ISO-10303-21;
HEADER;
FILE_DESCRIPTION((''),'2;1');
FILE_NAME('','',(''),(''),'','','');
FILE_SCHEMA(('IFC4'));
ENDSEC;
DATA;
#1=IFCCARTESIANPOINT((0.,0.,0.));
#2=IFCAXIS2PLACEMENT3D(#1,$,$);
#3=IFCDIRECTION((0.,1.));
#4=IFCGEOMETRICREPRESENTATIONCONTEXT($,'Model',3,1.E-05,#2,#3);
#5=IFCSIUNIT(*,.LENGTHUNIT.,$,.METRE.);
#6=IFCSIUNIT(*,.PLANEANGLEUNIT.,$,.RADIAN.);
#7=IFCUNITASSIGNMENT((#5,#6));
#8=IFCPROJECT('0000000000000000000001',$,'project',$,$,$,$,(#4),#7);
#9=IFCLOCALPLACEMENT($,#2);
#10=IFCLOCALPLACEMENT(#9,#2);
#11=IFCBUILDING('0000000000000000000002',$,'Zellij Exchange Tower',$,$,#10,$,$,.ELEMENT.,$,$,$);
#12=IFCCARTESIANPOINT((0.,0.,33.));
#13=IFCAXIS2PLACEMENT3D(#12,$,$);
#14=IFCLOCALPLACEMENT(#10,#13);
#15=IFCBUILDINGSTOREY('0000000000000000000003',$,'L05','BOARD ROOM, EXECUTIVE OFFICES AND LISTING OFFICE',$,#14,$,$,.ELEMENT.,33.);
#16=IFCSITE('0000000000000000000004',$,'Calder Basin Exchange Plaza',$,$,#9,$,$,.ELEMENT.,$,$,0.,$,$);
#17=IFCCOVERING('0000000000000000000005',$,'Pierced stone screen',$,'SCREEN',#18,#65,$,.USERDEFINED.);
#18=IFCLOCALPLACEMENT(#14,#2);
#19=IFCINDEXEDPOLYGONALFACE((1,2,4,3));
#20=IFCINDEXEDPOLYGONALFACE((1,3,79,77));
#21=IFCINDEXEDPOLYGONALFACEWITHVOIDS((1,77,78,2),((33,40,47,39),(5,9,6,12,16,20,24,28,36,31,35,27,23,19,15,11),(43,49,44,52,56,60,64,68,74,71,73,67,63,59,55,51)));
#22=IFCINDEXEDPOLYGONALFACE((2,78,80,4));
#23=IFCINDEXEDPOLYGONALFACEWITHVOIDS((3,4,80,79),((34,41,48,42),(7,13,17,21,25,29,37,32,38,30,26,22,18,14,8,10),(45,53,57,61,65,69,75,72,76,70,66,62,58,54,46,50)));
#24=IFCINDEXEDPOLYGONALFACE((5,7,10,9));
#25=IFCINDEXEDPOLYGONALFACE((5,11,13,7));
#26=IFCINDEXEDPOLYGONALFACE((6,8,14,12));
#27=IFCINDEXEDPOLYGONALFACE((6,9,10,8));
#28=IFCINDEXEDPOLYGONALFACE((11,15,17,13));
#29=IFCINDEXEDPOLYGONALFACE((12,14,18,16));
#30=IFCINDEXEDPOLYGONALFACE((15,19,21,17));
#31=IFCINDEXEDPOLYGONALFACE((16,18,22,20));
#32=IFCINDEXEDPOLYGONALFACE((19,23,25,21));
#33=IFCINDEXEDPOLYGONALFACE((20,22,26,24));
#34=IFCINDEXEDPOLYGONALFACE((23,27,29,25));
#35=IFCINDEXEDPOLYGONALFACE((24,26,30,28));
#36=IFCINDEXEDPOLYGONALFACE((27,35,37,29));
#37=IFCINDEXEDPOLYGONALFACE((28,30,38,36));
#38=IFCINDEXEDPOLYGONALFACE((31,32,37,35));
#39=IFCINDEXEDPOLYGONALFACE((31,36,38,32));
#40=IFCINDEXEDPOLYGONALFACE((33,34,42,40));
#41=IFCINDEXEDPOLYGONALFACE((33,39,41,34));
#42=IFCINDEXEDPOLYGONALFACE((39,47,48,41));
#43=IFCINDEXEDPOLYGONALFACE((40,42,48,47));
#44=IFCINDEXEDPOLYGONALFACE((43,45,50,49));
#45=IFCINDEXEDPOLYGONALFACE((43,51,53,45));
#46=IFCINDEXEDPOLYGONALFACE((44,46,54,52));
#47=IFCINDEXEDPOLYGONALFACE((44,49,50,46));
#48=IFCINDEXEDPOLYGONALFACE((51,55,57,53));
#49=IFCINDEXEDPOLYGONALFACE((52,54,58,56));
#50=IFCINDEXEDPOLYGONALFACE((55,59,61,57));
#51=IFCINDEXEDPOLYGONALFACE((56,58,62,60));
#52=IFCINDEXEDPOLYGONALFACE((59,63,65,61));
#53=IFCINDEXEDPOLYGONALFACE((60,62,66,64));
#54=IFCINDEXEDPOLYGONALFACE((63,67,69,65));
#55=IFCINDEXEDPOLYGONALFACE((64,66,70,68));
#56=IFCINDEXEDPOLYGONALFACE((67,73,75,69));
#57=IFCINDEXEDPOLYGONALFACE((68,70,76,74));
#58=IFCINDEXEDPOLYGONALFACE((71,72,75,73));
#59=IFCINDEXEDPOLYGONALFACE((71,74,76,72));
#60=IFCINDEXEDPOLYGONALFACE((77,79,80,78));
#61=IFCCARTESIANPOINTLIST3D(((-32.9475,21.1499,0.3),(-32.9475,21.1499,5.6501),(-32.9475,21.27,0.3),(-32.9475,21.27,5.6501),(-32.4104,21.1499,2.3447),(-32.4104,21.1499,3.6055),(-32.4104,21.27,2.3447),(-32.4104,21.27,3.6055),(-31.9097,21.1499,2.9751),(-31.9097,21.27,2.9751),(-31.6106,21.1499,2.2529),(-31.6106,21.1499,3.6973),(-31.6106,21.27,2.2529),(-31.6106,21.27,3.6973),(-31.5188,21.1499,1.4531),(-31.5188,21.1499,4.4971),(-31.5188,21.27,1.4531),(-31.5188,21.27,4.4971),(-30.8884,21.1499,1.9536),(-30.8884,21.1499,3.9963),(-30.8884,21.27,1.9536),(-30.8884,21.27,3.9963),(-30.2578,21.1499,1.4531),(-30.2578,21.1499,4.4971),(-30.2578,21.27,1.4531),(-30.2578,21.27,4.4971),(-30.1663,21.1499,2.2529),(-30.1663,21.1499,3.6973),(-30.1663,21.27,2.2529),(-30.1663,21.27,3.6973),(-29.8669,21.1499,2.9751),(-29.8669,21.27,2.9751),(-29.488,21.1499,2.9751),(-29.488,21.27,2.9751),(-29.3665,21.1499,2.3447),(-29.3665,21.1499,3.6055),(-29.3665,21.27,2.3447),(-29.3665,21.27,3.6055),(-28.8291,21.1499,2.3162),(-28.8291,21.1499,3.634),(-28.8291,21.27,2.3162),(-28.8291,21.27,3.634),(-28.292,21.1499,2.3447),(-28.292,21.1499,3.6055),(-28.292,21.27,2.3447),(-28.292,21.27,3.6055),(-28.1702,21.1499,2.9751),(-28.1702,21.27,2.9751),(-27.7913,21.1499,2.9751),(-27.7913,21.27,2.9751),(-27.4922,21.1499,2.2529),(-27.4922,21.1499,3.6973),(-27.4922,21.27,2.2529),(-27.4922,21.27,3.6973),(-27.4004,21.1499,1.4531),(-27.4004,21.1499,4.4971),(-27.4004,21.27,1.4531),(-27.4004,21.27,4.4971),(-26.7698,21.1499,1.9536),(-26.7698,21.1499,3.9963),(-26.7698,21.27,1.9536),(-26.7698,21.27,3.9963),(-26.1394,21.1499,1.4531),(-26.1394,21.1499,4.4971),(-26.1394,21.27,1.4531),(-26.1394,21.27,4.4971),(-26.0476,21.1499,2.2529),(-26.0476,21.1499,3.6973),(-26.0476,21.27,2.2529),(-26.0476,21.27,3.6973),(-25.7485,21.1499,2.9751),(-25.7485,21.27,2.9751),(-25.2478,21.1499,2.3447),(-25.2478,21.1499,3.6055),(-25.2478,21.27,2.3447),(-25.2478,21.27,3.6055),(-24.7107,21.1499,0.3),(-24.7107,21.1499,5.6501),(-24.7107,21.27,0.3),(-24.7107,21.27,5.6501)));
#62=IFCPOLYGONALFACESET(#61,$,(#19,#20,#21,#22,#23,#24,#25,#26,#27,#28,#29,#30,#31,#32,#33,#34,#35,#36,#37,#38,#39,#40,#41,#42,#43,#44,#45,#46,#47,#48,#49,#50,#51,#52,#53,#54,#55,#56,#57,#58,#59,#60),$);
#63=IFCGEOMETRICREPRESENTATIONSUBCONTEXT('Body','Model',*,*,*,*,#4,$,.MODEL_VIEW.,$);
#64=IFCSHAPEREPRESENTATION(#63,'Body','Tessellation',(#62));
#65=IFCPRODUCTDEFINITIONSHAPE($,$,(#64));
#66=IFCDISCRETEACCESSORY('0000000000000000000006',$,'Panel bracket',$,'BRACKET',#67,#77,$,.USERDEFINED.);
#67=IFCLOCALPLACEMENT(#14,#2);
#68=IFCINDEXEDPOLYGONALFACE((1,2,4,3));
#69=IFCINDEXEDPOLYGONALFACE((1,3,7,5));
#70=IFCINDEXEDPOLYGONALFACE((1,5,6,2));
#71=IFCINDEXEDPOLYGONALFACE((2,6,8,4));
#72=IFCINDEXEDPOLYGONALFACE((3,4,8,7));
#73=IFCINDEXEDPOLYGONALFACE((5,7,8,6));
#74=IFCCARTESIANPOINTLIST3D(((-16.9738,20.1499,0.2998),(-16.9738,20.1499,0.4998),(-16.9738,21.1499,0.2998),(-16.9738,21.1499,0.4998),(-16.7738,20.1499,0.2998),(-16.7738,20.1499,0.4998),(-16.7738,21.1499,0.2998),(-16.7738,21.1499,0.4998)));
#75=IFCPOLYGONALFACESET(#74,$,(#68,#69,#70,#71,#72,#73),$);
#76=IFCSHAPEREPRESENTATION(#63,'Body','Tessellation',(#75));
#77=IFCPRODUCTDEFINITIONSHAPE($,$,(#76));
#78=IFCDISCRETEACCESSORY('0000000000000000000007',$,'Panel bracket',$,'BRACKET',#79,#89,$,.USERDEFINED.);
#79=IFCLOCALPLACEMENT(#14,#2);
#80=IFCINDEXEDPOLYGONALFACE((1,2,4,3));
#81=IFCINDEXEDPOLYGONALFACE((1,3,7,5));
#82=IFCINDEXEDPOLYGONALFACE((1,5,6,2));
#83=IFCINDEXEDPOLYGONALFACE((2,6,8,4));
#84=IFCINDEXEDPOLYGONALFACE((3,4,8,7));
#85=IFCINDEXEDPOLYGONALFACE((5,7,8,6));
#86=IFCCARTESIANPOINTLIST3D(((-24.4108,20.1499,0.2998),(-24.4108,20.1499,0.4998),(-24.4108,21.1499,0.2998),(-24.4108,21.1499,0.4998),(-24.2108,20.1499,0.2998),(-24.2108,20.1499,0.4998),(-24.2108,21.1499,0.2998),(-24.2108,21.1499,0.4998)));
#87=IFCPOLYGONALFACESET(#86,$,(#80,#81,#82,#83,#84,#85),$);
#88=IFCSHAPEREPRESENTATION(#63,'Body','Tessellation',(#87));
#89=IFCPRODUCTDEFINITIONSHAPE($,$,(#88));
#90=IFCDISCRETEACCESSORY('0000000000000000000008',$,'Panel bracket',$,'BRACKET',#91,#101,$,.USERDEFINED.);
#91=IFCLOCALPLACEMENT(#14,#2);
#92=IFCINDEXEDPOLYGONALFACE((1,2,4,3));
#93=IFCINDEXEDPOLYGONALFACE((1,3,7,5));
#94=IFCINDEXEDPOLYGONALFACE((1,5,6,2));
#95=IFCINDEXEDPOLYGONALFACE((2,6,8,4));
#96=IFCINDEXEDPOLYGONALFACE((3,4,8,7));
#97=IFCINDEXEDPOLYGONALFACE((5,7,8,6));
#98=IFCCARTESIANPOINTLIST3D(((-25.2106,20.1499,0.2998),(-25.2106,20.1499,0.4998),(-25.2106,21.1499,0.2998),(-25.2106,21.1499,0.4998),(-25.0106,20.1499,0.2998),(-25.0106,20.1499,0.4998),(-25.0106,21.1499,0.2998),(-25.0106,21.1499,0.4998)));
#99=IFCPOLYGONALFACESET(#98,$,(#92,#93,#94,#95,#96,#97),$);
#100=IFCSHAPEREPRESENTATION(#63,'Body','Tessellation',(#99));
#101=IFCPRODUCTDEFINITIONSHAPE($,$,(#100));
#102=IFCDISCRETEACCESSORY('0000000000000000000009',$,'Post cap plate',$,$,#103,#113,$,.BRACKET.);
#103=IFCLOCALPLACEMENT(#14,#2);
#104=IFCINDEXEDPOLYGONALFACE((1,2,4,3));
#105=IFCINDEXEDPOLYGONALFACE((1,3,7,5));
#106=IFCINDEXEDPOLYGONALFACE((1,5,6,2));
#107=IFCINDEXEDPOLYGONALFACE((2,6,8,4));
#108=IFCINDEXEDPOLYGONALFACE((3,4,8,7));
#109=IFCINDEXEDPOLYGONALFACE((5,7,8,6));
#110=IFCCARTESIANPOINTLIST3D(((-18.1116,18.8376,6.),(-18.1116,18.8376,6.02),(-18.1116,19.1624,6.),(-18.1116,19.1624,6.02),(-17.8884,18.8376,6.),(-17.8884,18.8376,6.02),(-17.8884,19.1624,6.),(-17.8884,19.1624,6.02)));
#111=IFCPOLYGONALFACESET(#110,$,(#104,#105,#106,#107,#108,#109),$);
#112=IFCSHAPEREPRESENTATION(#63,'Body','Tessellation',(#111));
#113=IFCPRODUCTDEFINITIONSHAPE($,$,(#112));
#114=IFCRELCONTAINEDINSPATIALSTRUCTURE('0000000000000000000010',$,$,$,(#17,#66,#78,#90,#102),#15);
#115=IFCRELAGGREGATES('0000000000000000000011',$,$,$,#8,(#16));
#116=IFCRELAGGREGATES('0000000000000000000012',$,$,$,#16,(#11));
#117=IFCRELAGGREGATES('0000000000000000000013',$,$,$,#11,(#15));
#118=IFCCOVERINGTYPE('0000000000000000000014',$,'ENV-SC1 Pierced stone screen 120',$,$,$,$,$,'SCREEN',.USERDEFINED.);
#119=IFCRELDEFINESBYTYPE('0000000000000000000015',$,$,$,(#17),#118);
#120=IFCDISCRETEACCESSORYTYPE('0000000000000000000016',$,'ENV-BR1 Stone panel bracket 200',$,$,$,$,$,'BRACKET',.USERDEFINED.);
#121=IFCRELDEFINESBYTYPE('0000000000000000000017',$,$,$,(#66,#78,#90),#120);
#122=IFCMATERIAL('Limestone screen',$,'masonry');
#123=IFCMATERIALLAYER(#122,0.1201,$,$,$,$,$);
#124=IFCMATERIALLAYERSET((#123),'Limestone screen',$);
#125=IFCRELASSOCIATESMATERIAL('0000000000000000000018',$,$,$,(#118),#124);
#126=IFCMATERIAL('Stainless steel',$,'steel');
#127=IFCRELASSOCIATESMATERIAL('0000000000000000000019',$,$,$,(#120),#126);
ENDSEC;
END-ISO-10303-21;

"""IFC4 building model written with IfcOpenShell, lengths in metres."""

from ifc_helpers import new_model, si_unit, direction, frame, origin, origin_2d, place, context, subcontext, project, spatial, polyline, rectangle, outline, extrude, material, layer, layer_set, type_object, element, save


model = new_model("IFC4")

# Units and contexts
model_context = context("Model", 3, precision=1e-05, world=origin(), true_north=direction((0.0, 1.0)))
body_context = subcontext(model_context, "Body", "Model", "MODEL_VIEW")
ifc_project = project(units=[si_unit("LENGTHUNIT", "METRE"), si_unit("PLANEANGLEUNIT", "RADIAN")], contexts=[model_context])

# Site, building, storey
site_placement = place(None, origin())
site = spatial("IfcSite", under=ifc_project, at=site_placement, Name="Calder Basin Exchange Plaza", CompositionType="ELEMENT", RefElevation=0.0)
building_placement = place(site_placement, origin())
building = spatial("IfcBuilding", under=site, at=building_placement, Name="Zellij Exchange Tower", CompositionType="ELEMENT")
storey_placement = place(building_placement, frame((0.0, 0.0, 33.0)))
storey = spatial("IfcBuildingStorey", under=building, at=storey_placement, Name="L05", Description="BOARD ROOM, EXECUTIVE OFFICES AND LISTING OFFICE", CompositionType="ELEMENT", Elevation=33.0)

# Covering
ifc_material_1 = material(Name="Limestone screen", Category="masonry")
ifc_layer_1 = layer(ifc_material_1, 0.1201)
ifc_layer_set_1 = layer_set([ifc_layer_1], Name="Limestone screen")
covering_type = type_object("IfcCoveringType", Name="ENV-SC1 Pierced stone screen 120", ElementType="SCREEN", PredefinedType="USERDEFINED", material=ifc_layer_set_1)
covering_placement = place(storey_placement, frame((-24.7107, 21.21, 0.3), z_axis=(0.0, 0.0, 1.0), x_axis=(-1.0, 0.0, 0.0)))
element("IfcCovering", 1, at=covering_placement, inside=storey, type_object=covering_type, Name="Pierced stone screen", ObjectType="SCREEN", PredefinedType="USERDEFINED", context=body_context, shape_type="SweptSolid", body=[
    extrude(outline(polyline([(0.0, 0.0), (8.2368, 0.0), (8.2368, 5.3501), (0.0, 5.3501), (0.0, 0.0)]), holes=[polyline([(3.5813, 3.3054), (2.7815, 3.3972), (2.6897, 4.197), (2.0591, 3.6963), (1.4287, 4.197), (1.3369, 3.3972), (0.5371, 3.3054), (1.0378, 2.675), (0.5371, 2.0447), (1.3369, 1.9529), (1.4287, 1.1531), (2.0591, 1.6536), (2.6897, 1.1531), (2.7815, 1.9529), (3.5813, 2.0447), (3.0806, 2.675), (3.5813, 3.3054)]), polyline([(7.6997, 3.3054), (6.8999, 3.3972), (6.8081, 4.197), (6.1777, 3.6963), (5.5471, 4.197), (5.4556, 3.3972), (4.6558, 3.3054), (5.1562, 2.675), (4.6558, 2.0447), (5.4556, 1.9529), (5.5471, 1.1531), (6.1777, 1.6536), (6.8081, 1.1531), (6.8999, 1.9529), (7.6997, 2.0447), (7.199, 2.675), (7.6997, 3.3054)]), polyline([(4.7773, 2.675), (4.1184, 3.334), (3.4595, 2.675), (4.1184, 2.0161), (4.7773, 2.675)])]), frame((0.0, 0.0601, 0.0), z_axis=(0.0, -1.0, 0.0), x_axis=(1.0, 0.0, 0.0)), (0.0, 0.0, 1.0), 0.1201),
])

# Discrete accessories
ifc_material_2 = material(Name="Stainless steel", Category="steel")
discrete_accessory_type = type_object("IfcDiscreteAccessoryType", Name="ENV-BR1 Stone panel bracket 200", ElementType="BRACKET", PredefinedType="USERDEFINED", material=ifc_material_2)
for number, where, z_axis, x_axis, name in (
    (2, (-16.8738, 20.6499, 0.2998), (0.0, 0.0, 1.0), (-1.0, 0.0, 0.0), "Panel bracket"),
    (3, (-24.3108, 20.6499, 0.2998), (0.0, 0.0, 1.0), (-1.0, 0.0, 0.0), "Panel bracket"),
    (4, (-25.1106, 20.6499, 0.2998), (0.0, 0.0, 1.0), (-1.0, 0.0, 0.0), "Panel bracket"),
):
    element("IfcDiscreteAccessory", number, at=place(storey_placement, frame(where, z_axis=z_axis, x_axis=x_axis)), inside=storey, type_object=discrete_accessory_type, Name=name, ObjectType="BRACKET", PredefinedType="USERDEFINED", context=body_context, shape_type="SweptSolid", body=[
        extrude(rectangle(XDim=0.2, YDim=1.0, at=origin_2d()), origin(), (0.0, 0.0, 1.0), 0.2),
    ])
discrete_accessory_placement = place(storey_placement, frame((-18.0, 19.0, 6.0), z_axis=(0.0, 0.0, 1.0), x_axis=(1.0, 0.0, 0.0)))
element("IfcDiscreteAccessory", 5, at=discrete_accessory_placement, inside=storey, Name="Post cap plate", PredefinedType="BRACKET", context=body_context, shape_type="SweptSolid", body=[
    extrude(rectangle(XDim=0.2231, YDim=0.3247, at=origin_2d()), origin(), (0.0, 0.0, 1.0), 0.02),
])

save(model, "model.ifc")
